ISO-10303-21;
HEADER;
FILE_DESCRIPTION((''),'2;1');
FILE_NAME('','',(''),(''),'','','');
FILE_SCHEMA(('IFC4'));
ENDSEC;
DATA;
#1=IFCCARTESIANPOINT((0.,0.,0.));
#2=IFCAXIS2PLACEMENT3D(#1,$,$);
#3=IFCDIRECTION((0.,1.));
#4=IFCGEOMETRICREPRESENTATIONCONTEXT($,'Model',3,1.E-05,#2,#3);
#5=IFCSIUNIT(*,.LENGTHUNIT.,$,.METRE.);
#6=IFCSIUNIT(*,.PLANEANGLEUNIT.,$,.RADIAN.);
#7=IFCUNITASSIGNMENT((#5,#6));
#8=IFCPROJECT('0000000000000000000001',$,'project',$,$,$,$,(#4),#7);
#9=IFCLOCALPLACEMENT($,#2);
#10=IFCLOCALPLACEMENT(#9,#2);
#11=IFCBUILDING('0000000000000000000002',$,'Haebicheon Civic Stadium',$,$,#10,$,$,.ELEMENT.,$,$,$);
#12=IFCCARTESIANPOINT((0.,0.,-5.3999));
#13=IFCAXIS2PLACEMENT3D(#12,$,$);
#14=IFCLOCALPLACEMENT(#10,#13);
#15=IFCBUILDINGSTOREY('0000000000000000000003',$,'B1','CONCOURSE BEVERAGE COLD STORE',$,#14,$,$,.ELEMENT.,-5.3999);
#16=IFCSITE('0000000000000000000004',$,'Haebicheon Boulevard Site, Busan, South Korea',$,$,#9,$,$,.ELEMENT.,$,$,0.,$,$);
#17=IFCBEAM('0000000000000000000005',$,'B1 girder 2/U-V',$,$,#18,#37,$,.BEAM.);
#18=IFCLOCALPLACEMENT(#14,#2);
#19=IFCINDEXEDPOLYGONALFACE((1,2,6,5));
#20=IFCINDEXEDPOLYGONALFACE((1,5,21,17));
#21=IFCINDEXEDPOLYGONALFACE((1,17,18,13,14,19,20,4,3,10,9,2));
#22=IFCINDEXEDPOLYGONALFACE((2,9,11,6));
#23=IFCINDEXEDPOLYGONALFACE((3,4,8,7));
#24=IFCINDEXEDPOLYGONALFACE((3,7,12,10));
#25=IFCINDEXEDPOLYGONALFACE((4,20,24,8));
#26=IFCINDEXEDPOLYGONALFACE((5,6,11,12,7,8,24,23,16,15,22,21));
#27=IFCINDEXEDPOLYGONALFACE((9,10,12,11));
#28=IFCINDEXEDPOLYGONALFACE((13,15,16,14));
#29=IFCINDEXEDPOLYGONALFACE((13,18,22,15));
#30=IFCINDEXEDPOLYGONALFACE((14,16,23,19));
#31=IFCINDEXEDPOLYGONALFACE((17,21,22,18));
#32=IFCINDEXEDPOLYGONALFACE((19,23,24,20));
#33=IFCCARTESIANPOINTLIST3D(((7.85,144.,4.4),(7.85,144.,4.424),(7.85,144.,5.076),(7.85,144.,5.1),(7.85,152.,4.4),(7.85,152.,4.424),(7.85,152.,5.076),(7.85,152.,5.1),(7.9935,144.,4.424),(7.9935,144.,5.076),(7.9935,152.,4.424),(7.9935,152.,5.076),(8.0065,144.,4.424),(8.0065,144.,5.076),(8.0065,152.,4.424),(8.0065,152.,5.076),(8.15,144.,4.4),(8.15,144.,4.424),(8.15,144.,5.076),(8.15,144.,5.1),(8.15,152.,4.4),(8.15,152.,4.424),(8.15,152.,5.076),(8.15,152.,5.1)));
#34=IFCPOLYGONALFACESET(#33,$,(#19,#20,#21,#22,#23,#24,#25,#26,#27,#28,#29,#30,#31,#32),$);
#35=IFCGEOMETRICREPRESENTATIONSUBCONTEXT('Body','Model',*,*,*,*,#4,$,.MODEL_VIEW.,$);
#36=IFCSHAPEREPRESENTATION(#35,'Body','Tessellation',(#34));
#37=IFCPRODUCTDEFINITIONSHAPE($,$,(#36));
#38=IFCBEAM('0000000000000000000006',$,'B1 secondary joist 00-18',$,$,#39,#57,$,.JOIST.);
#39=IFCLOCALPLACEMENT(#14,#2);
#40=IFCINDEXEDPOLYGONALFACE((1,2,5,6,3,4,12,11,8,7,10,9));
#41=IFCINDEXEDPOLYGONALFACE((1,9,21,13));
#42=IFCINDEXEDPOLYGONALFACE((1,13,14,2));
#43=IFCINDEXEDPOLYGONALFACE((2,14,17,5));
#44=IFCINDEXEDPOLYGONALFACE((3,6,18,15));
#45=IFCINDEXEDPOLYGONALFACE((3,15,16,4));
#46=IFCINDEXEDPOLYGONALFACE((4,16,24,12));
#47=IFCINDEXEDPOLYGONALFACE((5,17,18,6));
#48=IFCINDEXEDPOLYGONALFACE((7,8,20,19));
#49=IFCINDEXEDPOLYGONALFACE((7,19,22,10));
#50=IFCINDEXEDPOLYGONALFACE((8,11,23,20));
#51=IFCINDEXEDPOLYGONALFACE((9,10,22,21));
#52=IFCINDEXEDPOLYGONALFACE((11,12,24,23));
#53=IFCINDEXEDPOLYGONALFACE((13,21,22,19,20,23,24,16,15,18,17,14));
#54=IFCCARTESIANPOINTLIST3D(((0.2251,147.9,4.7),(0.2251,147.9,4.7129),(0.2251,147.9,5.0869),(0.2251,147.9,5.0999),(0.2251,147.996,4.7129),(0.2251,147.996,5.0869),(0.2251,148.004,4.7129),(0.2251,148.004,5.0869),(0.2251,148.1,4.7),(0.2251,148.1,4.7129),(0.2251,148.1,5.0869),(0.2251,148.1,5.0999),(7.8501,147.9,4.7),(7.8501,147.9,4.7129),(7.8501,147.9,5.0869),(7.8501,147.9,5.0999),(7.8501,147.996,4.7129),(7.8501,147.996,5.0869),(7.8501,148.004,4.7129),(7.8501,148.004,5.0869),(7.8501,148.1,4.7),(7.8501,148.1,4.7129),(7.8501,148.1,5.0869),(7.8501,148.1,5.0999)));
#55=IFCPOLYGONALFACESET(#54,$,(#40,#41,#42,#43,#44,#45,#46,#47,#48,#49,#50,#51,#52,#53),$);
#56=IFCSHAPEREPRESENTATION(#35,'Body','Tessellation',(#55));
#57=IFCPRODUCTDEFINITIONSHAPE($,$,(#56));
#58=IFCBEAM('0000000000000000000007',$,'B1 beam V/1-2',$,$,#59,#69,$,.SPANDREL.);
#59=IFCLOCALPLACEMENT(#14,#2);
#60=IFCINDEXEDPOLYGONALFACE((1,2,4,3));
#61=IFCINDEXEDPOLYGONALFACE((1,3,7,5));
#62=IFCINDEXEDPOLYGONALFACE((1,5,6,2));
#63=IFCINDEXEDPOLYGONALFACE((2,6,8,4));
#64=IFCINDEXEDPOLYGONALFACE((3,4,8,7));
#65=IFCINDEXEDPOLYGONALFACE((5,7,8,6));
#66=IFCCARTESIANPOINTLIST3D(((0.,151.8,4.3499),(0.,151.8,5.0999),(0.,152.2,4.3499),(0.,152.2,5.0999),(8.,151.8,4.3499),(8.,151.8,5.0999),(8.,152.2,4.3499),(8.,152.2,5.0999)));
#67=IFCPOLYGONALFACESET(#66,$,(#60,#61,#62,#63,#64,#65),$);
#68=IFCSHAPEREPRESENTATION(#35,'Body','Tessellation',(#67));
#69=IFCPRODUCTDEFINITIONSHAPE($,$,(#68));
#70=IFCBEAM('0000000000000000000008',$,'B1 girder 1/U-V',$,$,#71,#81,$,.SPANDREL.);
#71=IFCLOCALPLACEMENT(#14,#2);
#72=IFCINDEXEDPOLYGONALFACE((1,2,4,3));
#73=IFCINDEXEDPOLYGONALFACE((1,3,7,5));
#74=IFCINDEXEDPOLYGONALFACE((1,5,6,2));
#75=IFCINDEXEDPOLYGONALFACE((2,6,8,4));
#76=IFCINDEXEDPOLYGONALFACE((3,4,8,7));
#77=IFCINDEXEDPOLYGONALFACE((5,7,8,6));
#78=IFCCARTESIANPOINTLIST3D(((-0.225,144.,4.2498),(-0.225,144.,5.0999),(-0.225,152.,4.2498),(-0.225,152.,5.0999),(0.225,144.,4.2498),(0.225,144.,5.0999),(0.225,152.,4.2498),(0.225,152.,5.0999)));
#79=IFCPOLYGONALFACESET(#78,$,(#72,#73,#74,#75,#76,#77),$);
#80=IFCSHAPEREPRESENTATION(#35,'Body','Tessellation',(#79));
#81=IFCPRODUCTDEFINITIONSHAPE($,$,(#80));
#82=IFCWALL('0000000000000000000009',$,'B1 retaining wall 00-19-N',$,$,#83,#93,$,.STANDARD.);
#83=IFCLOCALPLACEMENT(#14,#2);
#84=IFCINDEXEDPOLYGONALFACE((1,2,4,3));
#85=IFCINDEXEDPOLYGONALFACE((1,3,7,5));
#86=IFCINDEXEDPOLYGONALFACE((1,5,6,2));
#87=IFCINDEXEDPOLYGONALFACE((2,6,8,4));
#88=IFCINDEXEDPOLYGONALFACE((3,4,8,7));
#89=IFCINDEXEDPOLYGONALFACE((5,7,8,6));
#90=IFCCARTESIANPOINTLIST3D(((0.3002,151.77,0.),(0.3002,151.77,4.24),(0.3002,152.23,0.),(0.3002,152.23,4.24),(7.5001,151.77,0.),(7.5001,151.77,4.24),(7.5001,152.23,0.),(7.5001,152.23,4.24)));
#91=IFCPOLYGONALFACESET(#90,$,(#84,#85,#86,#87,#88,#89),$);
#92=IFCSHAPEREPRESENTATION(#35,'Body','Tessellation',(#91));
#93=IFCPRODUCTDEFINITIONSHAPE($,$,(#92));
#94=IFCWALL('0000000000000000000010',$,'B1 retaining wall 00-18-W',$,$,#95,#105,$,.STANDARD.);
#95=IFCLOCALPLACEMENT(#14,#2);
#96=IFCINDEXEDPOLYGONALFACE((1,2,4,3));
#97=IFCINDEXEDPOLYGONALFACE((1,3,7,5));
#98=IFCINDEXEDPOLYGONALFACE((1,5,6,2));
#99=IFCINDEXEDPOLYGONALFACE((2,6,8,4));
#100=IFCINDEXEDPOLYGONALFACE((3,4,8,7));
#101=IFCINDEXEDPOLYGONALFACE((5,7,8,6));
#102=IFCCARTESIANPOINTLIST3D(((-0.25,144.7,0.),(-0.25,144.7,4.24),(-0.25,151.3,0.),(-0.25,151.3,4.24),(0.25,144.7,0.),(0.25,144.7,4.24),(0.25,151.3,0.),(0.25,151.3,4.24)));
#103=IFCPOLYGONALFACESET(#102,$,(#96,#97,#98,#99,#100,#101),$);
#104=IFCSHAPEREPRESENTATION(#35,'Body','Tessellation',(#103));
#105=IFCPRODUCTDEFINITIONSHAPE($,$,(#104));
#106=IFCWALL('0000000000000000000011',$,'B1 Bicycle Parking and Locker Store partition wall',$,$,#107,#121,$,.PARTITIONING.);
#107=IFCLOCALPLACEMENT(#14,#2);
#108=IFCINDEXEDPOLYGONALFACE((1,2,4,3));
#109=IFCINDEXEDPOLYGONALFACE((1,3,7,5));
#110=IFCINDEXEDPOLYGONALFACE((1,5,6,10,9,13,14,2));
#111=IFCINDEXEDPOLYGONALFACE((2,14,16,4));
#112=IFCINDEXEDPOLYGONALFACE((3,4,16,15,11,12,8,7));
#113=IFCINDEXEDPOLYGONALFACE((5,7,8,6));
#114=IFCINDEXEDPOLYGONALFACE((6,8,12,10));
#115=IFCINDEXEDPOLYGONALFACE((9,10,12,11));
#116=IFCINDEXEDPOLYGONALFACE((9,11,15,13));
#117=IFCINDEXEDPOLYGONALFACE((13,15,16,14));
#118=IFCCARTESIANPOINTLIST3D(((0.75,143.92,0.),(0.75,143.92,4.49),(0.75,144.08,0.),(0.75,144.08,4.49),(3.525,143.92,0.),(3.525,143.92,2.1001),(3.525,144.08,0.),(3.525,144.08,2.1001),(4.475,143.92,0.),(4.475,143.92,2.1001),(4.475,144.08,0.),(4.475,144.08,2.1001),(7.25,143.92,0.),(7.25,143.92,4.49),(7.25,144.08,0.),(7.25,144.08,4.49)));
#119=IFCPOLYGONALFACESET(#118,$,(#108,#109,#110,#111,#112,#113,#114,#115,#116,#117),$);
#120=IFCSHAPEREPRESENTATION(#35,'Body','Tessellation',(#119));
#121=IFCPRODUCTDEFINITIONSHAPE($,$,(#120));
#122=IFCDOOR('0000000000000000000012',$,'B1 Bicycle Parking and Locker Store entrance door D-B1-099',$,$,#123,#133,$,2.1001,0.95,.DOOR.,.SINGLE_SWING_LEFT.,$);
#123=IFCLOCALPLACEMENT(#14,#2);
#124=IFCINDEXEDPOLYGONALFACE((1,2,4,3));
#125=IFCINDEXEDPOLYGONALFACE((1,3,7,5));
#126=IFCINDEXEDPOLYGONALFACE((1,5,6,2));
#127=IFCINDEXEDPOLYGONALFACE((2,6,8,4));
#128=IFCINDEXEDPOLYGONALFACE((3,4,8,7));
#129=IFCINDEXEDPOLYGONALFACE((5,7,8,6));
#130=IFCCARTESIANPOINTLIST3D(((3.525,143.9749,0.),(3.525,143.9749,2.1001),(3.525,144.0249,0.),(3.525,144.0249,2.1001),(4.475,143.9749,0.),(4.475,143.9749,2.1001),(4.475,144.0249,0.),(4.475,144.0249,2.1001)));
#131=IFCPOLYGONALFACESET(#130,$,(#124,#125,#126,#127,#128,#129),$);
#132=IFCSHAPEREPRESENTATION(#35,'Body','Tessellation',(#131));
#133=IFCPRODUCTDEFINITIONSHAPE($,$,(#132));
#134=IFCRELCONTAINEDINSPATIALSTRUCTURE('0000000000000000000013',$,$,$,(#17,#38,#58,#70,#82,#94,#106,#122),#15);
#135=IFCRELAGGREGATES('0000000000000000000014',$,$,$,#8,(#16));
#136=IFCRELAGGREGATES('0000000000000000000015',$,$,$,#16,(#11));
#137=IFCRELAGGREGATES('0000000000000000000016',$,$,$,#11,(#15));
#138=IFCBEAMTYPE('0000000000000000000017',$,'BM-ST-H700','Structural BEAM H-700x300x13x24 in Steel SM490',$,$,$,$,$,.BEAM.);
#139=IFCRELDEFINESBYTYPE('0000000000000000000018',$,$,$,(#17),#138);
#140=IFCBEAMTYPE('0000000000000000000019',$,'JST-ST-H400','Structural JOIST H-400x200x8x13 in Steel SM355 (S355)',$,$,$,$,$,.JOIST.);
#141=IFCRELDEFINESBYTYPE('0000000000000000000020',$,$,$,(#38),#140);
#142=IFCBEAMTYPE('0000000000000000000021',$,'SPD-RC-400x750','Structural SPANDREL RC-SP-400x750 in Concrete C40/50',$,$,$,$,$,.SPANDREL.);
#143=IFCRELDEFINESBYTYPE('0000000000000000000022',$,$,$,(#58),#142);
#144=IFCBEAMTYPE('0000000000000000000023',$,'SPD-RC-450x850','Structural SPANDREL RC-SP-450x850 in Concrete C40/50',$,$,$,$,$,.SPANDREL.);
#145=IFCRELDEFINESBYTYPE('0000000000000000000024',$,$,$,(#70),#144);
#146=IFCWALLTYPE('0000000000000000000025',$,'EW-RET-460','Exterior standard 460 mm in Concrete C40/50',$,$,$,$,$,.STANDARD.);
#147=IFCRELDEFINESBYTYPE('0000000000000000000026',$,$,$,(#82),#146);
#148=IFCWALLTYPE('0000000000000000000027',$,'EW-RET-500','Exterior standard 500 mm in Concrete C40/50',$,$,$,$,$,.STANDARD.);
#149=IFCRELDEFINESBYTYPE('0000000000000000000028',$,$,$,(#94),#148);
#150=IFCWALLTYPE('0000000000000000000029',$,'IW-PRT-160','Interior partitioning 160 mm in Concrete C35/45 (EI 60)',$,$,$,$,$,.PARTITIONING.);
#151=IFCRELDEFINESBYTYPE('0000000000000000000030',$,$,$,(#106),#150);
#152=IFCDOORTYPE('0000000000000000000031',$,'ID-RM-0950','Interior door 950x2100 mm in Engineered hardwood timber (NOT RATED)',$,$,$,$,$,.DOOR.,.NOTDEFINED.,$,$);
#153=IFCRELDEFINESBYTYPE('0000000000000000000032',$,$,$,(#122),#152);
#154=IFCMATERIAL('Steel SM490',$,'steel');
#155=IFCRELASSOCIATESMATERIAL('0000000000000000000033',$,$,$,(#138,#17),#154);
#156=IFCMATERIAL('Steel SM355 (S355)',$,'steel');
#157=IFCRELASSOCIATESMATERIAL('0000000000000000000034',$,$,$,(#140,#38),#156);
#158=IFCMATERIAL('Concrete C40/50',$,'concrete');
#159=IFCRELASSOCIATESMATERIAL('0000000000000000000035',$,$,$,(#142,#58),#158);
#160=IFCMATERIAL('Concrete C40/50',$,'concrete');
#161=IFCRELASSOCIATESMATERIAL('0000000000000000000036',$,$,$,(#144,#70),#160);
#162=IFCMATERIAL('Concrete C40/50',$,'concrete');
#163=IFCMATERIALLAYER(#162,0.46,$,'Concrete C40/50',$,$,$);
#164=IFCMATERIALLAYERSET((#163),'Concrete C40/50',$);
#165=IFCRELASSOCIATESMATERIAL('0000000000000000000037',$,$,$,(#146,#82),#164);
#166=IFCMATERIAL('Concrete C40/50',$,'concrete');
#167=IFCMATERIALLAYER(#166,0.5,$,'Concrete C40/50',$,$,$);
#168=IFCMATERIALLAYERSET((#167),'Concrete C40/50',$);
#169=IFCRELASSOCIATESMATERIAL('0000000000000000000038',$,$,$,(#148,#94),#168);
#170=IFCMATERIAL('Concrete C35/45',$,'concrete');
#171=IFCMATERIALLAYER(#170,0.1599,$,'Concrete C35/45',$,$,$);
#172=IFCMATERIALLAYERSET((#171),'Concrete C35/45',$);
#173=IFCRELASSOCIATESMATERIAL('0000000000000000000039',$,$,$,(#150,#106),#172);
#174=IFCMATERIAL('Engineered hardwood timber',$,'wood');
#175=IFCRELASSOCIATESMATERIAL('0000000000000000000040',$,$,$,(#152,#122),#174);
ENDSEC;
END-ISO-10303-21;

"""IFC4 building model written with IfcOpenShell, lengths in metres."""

from ifc_helpers import new_model, si_unit, direction, frame, frame_2d, origin, origin_2d, place, context, subcontext, project, spatial, rectangle, i_section, extrude, material, layer, layer_set, material_profile, profile_set, type_object, element, fill, save


model = new_model("IFC4")

# Units and contexts
model_context = context("Model", 3, precision=1e-05, world=origin(), true_north=direction((0.0, 1.0)))
body_context = subcontext(model_context, "Body", "Model", "MODEL_VIEW")
ifc_project = project(units=[si_unit("LENGTHUNIT", "METRE"), si_unit("PLANEANGLEUNIT", "RADIAN")], contexts=[model_context])

# Site, building, storey
site_placement = place(None, origin())
site = spatial("IfcSite", under=ifc_project, at=site_placement, Name="Haebicheon Boulevard Site, Busan, South Korea", CompositionType="ELEMENT", RefElevation=0.0)
building_placement = place(site_placement, origin())
building = spatial("IfcBuilding", under=site, at=building_placement, Name="Haebicheon Civic Stadium", CompositionType="ELEMENT")
storey_placement = place(building_placement, frame((0.0, 0.0, -5.3999)))
storey = spatial("IfcBuildingStorey", under=building, at=storey_placement, Name="B1", Description="CONCOURSE BEVERAGE COLD STORE", CompositionType="ELEMENT", Elevation=-5.3999)

# Beams
ifc_material_1 = material(Name="Steel SM490", Category="steel")
ifc_material_profile_1 = material_profile(ifc_material_1, i_section(OverallWidth=0.3, OverallDepth=0.7, WebThickness=0.0129, FlangeThickness=0.0239, at=origin_2d()), Name="H-700x300x13x24")
ifc_profile_set_1 = profile_set([ifc_material_profile_1], Name="Steel SM490")
beam_type_1 = type_object("IfcBeamType", Name="BM-ST-H700", Description="Structural BEAM H-700x300x13x24 in Steel SM490", PredefinedType="BEAM", material=ifc_profile_set_1)
beam_1_placement = place(storey_placement, frame((8.0, 144.0, 4.75), z_axis=(0.0, 1.0, 0.0), x_axis=(-1.0, 0.0, 0.0)))
element("IfcBeam", 1, at=beam_1_placement, inside=storey, type_object=beam_type_1, material=ifc_profile_set_1, Name="B1 girder 2/U-V", PredefinedType="BEAM", context=body_context, shape_type="SweptSolid", body=[
    extrude(i_section(OverallWidth=0.3, OverallDepth=0.7, WebThickness=0.0129, FlangeThickness=0.0239, at=origin_2d()), origin(), (0.0, 0.0, 1.0), 8.0),
])
ifc_material_2 = material(Name="Steel SM355 (S355)", Category="steel")
ifc_material_profile_2 = material_profile(ifc_material_2, i_section(OverallWidth=0.2, OverallDepth=0.3999, WebThickness=0.0081, FlangeThickness=0.0129, at=origin_2d()), Name="H-400x200x8x13")
ifc_profile_set_2 = profile_set([ifc_material_profile_2], Name="Steel SM355 (S355)")
beam_type_2 = type_object("IfcBeamType", Name="JST-ST-H400", Description="Structural JOIST H-400x200x8x13 in Steel SM355 (S355)", PredefinedType="JOIST", material=ifc_profile_set_2)
beam_2_placement = place(storey_placement, frame((0.2251, 148.0, 4.8999), z_axis=(1.0, 0.0, 0.0), x_axis=(0.0, 1.0, 0.0)))
element("IfcBeam", 2, at=beam_2_placement, inside=storey, type_object=beam_type_2, material=ifc_profile_set_2, Name="B1 secondary joist 00-18", PredefinedType="JOIST", context=body_context, shape_type="SweptSolid", body=[
    extrude(i_section(OverallWidth=0.2, OverallDepth=0.3999, WebThickness=0.0081, FlangeThickness=0.0129, at=origin_2d()), origin(), (0.0, 0.0, 1.0), 7.625),
])
ifc_material_3 = material(Name="Concrete C40/50", Category="concrete")
ifc_material_profile_3 = material_profile(ifc_material_3, rectangle(XDim=0.3999, YDim=0.75, at=origin_2d()), Name="RC-SP-400x750")
ifc_profile_set_3 = profile_set([ifc_material_profile_3], Name="Concrete C40/50")
beam_type_3 = type_object("IfcBeamType", Name="SPD-RC-400x750", Description="Structural SPANDREL RC-SP-400x750 in Concrete C40/50", PredefinedType="SPANDREL", material=ifc_profile_set_3)
beam_3_placement = place(storey_placement, frame((0.0, 152.0, 4.7249), z_axis=(1.0, 0.0, 0.0), x_axis=(0.0, 1.0, 0.0)))
element("IfcBeam", 3, at=beam_3_placement, inside=storey, type_object=beam_type_3, material=ifc_profile_set_3, Name="B1 beam V/1-2", PredefinedType="SPANDREL", context=body_context, shape_type="SweptSolid", body=[
    extrude(rectangle(XDim=0.3999, YDim=0.75, at=origin_2d()), origin(), (0.0, 0.0, 1.0), 8.0),
])
ifc_material_4 = material(Name="Concrete C40/50", Category="concrete")
ifc_material_profile_4 = material_profile(ifc_material_4, rectangle(XDim=0.45, YDim=0.8501, at=origin_2d()), Name="RC-SP-450x850")
ifc_profile_set_4 = profile_set([ifc_material_profile_4], Name="Concrete C40/50")
beam_type_4 = type_object("IfcBeamType", Name="SPD-RC-450x850", Description="Structural SPANDREL RC-SP-450x850 in Concrete C40/50", PredefinedType="SPANDREL", material=ifc_profile_set_4)
beam_4_placement = place(storey_placement, frame((0.0, 144.0, 4.6748), z_axis=(0.0, 1.0, 0.0), x_axis=(-1.0, 0.0, 0.0)))
element("IfcBeam", 4, at=beam_4_placement, inside=storey, type_object=beam_type_4, material=ifc_profile_set_4, Name="B1 girder 1/U-V", PredefinedType="SPANDREL", context=body_context, shape_type="SweptSolid", body=[
    extrude(rectangle(XDim=0.45, YDim=0.8501, at=origin_2d()), origin(), (0.0, 0.0, 1.0), 8.0),
])

# Walls
ifc_material_5 = material(Name="Concrete C40/50", Category="concrete")
ifc_layer_1 = layer(ifc_material_5, 0.46, Name="Concrete C40/50")
ifc_layer_set_1 = layer_set([ifc_layer_1], Name="Concrete C40/50")
wall_type_1 = type_object("IfcWallType", Name="EW-RET-460", Description="Exterior standard 460 mm in Concrete C40/50", PredefinedType="STANDARD", material=ifc_layer_set_1)
wall_1_placement = place(storey_placement, frame((0.3, 152.0, 0.0), z_axis=(0.0, 0.0, 1.0), x_axis=(1.0, 0.0, 0.0)))
element("IfcWall", 5, at=wall_1_placement, inside=storey, type_object=wall_type_1, material=ifc_layer_set_1, Name="B1 retaining wall 00-19-N", PredefinedType="STANDARD", context=body_context, shape_type="SweptSolid", body=[
    extrude(rectangle(XDim=7.2, YDim=0.46, at=frame_2d((3.6001, 0.0))), origin(), (0.0, 0.0, 1.0), 4.24),
])
ifc_material_6 = material(Name="Concrete C40/50", Category="concrete")
ifc_layer_2 = layer(ifc_material_6, 0.5, Name="Concrete C40/50")
ifc_layer_set_2 = layer_set([ifc_layer_2], Name="Concrete C40/50")
wall_type_2 = type_object("IfcWallType", Name="EW-RET-500", Description="Exterior standard 500 mm in Concrete C40/50", PredefinedType="STANDARD", material=ifc_layer_set_2)
wall_2_placement = place(storey_placement, frame((0.0, 144.7, 0.0), z_axis=(0.0, 0.0, 1.0), x_axis=(0.0, 1.0, 0.0)))
element("IfcWall", 6, at=wall_2_placement, inside=storey, type_object=wall_type_2, material=ifc_layer_set_2, Name="B1 retaining wall 00-18-W", PredefinedType="STANDARD", context=body_context, shape_type="SweptSolid", body=[
    extrude(rectangle(XDim=6.6001, YDim=0.5, at=frame_2d((3.3, 0.0))), origin(), (0.0, 0.0, 1.0), 4.24),
])

# Wall, opening, door
ifc_material_7 = material(Name="Concrete C35/45", Category="concrete")
ifc_layer_3 = layer(ifc_material_7, 0.1599, Name="Concrete C35/45")
ifc_layer_set_3 = layer_set([ifc_layer_3], Name="Concrete C35/45")
wall_type_3 = type_object("IfcWallType", Name="IW-PRT-160", Description="Interior partitioning 160 mm in Concrete C35/45 (EI 60)", PredefinedType="PARTITIONING", material=ifc_layer_set_3)
wall_3_placement = place(storey_placement, frame((0.75, 144.0, 0.0), z_axis=(0.0, 0.0, 1.0), x_axis=(1.0, 0.0, 0.0)))
wall_3 = element("IfcWall", 7, at=wall_3_placement, inside=storey, type_object=wall_type_3, material=ifc_layer_set_3, Name="B1 Bicycle Parking and Locker Store partition wall", PredefinedType="PARTITIONING", context=body_context, shape_type="SweptSolid", body=[
    extrude(rectangle(XDim=6.5, YDim=0.1599, at=frame_2d((3.25, 0.0))), origin(), (0.0, 0.0, 1.0), 4.49),
])
opening_placement = place(wall_3_placement, frame((2.7749, 0.0, 0.0)))
opening = element("IfcOpeningElement", 8, at=opening_placement, cuts=wall_3, PredefinedType="OPENING", context=body_context, shape_type="SweptSolid", body=[
    extrude(rectangle(XDim=0.95, YDim=2.1001, at=frame_2d((0.4751, 1.05))), frame((0.0, 0.0898, 0.0), z_axis=(0.0, -1.0, 0.0), x_axis=(1.0, 0.0, 0.0)), (0.0, 0.0, 1.0), 0.1799),
])
ifc_material_8 = material(Name="Engineered hardwood timber", Category="wood")
door_type = type_object("IfcDoorType", Name="ID-RM-0950", Description="Interior door 950x2100 mm in Engineered hardwood timber (NOT RATED)", OperationType="NOTDEFINED", PredefinedType="DOOR", material=ifc_material_8)
door_placement = place(opening_placement, origin())
door = element("IfcDoor", 9, at=door_placement, inside=storey, type_object=door_type, material=ifc_material_8, Name="B1 Bicycle Parking and Locker Store entrance door D-B1-099", OperationType="SINGLE_SWING_LEFT", OverallHeight=2.1001, OverallWidth=0.95, PredefinedType="DOOR", context=body_context, shape_type="SweptSolid", body=[
    extrude(rectangle(XDim=0.95, YDim=2.1001, at=frame_2d((0.4751, 1.05))), frame((0.0, 0.0249, 0.0), z_axis=(0.0, -1.0, 0.0), x_axis=(1.0, 0.0, 0.0)), (0.0, 0.0, 1.0), 0.05),
])
fill(opening, door)

save(model, "model.ifc")
